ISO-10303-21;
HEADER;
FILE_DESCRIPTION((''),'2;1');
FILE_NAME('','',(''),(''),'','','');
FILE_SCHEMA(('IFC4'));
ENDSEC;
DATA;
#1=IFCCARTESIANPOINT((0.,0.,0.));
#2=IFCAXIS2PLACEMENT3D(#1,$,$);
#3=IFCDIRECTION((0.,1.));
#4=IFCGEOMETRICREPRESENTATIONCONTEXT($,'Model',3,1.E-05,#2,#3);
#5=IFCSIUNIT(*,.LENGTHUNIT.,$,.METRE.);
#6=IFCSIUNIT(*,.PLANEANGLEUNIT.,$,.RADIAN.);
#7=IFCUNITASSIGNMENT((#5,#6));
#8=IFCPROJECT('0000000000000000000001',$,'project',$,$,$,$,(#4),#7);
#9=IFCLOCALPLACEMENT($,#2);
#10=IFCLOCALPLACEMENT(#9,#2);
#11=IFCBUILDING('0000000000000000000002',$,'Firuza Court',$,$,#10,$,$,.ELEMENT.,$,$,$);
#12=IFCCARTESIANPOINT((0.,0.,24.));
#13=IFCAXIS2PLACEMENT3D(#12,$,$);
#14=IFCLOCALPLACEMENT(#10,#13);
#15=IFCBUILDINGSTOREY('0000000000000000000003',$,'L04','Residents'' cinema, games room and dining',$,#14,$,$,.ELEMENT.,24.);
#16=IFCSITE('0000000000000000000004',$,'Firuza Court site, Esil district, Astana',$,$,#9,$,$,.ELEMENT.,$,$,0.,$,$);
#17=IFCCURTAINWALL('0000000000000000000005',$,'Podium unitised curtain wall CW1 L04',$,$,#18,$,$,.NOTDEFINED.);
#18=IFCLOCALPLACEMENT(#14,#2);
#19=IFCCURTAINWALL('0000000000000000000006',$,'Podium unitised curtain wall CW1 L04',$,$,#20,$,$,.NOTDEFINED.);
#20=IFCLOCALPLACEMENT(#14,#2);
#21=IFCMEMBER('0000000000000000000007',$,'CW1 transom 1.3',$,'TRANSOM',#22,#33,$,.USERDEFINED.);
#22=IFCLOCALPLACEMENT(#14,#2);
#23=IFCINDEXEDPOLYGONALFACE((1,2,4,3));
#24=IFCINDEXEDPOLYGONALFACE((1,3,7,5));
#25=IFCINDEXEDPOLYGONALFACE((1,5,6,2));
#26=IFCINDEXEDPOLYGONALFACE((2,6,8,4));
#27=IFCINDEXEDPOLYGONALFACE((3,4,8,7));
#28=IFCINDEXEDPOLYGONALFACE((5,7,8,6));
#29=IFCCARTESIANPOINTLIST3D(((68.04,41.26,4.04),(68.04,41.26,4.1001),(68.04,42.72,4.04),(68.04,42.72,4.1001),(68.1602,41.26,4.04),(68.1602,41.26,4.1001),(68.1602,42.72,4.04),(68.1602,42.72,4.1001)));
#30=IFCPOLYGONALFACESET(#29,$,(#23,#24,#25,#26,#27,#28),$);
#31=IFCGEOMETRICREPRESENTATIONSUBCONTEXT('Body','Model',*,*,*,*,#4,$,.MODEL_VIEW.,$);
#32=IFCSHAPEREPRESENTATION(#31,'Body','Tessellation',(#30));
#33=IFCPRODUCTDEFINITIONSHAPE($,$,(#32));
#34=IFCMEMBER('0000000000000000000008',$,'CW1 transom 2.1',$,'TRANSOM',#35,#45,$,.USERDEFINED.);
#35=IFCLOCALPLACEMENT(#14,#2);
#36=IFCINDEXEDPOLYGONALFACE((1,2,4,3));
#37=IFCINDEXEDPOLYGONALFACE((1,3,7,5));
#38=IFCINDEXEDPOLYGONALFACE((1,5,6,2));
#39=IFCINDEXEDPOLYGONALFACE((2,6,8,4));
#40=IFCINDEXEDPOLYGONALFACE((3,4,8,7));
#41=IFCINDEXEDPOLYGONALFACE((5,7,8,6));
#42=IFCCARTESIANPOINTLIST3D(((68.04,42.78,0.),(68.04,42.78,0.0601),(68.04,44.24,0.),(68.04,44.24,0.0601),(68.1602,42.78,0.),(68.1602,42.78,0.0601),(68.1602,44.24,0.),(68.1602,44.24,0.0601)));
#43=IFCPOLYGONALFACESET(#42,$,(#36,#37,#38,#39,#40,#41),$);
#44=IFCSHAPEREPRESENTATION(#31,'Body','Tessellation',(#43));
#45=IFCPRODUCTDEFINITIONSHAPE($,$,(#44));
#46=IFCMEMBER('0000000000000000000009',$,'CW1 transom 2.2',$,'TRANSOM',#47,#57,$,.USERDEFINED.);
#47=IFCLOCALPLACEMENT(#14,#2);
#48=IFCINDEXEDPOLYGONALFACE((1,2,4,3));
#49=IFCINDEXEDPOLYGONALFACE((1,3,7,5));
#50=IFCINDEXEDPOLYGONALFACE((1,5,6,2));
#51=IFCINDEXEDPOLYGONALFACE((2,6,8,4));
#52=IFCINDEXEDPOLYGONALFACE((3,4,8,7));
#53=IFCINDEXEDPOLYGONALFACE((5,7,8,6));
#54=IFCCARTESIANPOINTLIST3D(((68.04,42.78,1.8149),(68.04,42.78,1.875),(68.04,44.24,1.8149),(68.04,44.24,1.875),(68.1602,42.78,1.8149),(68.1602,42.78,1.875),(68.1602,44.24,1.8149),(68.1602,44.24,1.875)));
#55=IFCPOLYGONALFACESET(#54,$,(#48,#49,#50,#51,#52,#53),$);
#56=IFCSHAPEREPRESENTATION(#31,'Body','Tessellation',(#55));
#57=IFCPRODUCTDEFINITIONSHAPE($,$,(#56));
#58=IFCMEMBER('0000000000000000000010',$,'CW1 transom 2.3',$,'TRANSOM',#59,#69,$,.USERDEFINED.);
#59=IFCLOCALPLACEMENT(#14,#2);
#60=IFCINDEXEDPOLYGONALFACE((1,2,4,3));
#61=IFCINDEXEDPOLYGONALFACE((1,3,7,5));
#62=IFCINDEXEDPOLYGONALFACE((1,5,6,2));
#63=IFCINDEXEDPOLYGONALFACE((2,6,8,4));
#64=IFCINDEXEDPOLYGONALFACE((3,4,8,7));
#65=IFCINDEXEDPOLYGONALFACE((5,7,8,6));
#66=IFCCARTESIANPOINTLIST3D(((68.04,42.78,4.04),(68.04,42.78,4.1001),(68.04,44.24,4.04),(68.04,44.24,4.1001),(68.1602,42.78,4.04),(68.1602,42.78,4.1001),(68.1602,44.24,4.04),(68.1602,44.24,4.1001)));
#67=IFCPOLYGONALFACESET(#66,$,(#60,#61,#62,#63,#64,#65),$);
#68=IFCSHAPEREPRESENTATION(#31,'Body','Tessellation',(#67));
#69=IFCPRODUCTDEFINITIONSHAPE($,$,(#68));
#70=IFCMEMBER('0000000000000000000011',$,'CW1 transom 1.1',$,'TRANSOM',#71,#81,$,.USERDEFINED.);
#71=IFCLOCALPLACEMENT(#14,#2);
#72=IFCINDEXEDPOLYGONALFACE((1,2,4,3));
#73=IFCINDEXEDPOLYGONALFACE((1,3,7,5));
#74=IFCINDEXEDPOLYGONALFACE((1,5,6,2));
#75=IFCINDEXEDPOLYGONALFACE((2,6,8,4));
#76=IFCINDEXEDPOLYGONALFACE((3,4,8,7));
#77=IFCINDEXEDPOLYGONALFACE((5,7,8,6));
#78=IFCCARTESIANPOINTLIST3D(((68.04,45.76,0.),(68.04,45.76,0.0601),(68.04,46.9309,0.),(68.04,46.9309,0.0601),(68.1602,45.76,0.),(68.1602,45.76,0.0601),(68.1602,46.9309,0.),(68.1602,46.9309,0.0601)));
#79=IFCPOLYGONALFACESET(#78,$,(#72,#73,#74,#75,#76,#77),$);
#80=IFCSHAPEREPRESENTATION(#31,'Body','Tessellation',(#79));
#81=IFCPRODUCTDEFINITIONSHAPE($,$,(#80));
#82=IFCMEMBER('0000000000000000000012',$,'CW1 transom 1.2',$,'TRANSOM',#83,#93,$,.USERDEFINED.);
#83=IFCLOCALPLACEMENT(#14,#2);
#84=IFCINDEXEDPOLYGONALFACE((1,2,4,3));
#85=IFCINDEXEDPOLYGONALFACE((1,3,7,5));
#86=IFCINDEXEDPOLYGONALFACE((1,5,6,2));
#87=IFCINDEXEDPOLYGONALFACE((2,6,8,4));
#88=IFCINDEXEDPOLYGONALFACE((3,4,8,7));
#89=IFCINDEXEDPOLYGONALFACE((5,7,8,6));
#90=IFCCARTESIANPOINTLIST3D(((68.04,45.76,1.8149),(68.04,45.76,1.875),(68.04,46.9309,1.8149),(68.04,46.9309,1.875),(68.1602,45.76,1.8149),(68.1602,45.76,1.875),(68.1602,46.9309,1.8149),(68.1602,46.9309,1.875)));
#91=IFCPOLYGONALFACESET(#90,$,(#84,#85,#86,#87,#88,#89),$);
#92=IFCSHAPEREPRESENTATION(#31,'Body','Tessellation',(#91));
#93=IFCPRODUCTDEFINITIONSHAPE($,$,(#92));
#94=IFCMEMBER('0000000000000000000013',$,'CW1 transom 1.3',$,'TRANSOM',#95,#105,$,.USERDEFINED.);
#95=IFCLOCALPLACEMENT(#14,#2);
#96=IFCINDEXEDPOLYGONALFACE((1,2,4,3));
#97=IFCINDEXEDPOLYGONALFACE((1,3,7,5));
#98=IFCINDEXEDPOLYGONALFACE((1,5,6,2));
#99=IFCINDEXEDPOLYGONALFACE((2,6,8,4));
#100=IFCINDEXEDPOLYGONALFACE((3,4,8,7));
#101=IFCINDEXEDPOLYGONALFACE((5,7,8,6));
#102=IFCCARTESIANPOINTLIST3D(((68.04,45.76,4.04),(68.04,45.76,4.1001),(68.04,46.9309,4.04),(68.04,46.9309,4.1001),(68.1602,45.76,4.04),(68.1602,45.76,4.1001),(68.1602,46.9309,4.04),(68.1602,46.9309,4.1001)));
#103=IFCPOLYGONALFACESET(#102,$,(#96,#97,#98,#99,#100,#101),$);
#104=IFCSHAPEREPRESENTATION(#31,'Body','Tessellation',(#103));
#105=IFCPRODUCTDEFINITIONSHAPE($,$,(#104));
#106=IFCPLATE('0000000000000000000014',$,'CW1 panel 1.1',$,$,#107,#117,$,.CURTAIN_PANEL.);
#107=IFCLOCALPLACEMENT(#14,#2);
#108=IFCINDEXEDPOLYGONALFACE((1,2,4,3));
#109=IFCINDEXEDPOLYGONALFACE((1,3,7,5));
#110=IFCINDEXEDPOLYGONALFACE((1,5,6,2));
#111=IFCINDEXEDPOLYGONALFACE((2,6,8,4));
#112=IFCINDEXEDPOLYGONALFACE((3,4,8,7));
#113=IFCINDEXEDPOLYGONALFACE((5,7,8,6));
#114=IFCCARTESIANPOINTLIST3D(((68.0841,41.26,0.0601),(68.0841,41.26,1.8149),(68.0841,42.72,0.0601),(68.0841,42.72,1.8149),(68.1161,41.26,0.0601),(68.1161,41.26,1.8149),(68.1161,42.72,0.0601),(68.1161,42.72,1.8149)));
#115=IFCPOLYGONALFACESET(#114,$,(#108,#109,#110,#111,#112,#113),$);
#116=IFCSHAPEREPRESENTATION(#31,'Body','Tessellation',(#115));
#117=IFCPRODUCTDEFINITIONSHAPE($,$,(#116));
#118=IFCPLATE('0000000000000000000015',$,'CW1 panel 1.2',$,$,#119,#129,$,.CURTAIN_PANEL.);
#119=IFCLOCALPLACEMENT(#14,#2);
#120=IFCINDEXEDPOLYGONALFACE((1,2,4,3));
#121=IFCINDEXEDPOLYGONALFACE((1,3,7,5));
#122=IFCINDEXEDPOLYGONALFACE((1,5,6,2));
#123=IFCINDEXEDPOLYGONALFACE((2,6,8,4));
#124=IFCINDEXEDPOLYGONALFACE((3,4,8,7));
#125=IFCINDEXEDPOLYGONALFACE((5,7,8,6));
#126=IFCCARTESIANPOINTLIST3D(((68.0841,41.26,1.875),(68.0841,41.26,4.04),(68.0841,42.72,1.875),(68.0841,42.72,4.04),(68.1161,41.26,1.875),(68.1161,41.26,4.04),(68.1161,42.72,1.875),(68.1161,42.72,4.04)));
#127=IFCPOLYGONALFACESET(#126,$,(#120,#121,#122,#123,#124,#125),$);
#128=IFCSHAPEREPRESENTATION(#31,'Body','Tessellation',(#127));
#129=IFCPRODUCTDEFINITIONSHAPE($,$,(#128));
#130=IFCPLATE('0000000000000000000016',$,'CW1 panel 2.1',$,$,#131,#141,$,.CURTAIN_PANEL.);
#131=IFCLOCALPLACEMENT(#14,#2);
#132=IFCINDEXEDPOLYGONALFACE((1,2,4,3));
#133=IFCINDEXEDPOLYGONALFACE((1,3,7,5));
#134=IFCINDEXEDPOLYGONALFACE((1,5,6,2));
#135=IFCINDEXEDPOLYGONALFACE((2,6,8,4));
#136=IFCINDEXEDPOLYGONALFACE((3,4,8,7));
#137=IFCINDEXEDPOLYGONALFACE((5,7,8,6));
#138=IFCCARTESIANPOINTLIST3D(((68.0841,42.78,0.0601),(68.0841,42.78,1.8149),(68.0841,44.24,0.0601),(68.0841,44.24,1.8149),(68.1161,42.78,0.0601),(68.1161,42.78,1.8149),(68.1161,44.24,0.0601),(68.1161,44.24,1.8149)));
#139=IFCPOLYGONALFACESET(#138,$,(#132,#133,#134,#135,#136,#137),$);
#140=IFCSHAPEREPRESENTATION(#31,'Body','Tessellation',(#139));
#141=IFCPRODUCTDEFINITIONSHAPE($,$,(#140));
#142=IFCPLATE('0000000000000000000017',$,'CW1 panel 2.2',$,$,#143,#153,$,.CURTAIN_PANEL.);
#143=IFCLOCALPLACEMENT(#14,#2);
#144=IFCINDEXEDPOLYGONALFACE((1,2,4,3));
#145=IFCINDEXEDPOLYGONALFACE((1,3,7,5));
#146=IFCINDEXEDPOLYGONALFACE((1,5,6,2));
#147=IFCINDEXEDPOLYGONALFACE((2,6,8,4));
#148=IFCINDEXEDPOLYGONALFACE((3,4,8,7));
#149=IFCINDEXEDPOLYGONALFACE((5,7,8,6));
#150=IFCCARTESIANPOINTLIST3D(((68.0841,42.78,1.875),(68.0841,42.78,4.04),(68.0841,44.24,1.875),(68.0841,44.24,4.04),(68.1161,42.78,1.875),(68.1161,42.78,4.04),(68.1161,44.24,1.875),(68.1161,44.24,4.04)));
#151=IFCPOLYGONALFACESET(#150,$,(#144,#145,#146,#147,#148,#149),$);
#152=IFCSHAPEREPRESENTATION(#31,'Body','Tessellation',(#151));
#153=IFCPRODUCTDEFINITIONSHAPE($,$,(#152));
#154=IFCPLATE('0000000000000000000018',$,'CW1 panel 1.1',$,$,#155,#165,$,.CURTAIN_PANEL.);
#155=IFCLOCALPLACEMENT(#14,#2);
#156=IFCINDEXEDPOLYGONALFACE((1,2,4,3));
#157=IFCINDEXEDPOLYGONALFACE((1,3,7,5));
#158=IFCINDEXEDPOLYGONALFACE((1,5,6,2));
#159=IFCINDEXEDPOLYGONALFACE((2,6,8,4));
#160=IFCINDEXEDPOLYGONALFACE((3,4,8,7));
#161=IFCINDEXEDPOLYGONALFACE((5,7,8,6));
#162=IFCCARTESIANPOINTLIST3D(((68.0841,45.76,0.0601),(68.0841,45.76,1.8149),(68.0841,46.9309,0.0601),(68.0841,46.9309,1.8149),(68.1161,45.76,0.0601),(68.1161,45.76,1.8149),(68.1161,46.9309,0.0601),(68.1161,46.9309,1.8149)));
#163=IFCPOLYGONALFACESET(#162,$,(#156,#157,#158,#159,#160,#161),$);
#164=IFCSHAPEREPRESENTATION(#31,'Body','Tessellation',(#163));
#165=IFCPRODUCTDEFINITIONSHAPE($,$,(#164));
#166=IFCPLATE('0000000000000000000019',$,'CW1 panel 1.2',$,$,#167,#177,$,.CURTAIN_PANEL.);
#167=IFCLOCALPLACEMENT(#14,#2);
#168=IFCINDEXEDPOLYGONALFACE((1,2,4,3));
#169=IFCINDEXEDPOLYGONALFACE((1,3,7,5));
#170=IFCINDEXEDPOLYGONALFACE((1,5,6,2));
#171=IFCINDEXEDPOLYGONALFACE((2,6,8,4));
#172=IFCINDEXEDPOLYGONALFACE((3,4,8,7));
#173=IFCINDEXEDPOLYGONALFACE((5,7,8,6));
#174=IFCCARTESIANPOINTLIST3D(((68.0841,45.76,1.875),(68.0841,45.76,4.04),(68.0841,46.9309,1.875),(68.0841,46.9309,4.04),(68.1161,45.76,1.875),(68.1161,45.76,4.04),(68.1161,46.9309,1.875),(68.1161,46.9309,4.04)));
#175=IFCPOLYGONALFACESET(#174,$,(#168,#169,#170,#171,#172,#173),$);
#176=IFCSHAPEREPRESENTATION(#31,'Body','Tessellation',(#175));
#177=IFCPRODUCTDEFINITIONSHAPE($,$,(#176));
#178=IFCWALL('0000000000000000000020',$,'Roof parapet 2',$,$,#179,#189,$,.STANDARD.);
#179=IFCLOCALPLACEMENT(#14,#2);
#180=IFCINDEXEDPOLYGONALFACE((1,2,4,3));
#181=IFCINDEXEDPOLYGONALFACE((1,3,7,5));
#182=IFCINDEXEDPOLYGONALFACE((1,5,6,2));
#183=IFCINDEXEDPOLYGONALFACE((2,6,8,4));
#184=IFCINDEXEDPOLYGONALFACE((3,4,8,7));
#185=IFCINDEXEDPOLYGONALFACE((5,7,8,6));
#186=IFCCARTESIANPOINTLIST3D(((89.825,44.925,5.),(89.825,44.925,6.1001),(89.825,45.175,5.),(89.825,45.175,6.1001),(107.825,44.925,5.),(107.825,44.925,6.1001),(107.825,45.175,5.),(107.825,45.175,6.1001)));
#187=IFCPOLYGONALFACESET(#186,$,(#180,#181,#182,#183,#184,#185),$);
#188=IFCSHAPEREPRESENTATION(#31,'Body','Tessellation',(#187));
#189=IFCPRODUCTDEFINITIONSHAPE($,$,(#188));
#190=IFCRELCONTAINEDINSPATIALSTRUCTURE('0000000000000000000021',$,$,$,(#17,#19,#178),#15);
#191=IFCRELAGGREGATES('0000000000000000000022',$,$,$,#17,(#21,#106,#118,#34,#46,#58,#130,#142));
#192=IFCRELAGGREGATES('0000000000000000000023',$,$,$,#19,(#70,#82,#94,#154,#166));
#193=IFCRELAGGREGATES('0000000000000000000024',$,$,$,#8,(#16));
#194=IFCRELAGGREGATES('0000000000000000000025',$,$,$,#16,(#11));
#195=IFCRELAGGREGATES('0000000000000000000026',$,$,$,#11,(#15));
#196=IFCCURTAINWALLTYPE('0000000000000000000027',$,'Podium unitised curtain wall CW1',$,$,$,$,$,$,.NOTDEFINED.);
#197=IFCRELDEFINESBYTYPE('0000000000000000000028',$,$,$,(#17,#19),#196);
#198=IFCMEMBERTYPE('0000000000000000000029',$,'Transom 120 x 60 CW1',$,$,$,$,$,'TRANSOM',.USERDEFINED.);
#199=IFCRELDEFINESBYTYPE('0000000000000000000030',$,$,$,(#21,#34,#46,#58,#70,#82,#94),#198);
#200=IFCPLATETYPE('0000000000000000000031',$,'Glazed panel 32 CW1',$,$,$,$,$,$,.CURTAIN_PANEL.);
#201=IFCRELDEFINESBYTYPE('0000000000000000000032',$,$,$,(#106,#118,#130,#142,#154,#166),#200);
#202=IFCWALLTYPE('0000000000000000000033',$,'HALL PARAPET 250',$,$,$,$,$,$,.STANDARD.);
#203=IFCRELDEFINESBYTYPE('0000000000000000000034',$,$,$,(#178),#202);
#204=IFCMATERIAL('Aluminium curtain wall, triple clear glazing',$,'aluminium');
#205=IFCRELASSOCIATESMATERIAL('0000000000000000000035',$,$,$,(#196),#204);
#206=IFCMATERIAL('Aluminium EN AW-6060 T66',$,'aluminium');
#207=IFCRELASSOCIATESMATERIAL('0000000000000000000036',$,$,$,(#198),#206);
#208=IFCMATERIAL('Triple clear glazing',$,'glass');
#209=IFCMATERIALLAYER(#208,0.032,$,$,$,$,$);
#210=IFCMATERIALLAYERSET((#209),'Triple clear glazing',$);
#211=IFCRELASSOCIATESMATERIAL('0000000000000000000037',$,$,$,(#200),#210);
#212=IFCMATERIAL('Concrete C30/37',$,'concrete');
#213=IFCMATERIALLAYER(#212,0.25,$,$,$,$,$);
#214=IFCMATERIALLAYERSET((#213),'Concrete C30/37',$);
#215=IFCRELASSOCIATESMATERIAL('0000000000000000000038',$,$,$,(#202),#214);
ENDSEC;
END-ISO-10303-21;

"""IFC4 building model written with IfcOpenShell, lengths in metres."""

from ifc_helpers import new_model, si_unit, direction, frame, frame_2d, origin, origin_2d, place, context, subcontext, project, spatial, rectangle, extrude, material, layer, layer_set, material_profile, profile_set, type_object, element, aggregate, save


model = new_model("IFC4")

# Units and contexts
model_context = context("Model", 3, precision=1e-05, world=origin(), true_north=direction((0.0, 1.0)))
body_context = subcontext(model_context, "Body", "Model", "MODEL_VIEW")
ifc_project = project(units=[si_unit("LENGTHUNIT", "METRE"), si_unit("PLANEANGLEUNIT", "RADIAN")], contexts=[model_context])

# Site, building, storey
site_placement = place(None, origin())
site = spatial("IfcSite", under=ifc_project, at=site_placement, Name="Firuza Court site, Esil district, Astana", CompositionType="ELEMENT", RefElevation=0.0)
building_placement = place(site_placement, origin())
building = spatial("IfcBuilding", under=site, at=building_placement, Name="Firuza Court", CompositionType="ELEMENT")
storey_placement = place(building_placement, frame((0.0, 0.0, 24.0)))
storey = spatial("IfcBuildingStorey", under=building, at=storey_placement, Name="L04", Description="Residents' cinema, games room and dining", CompositionType="ELEMENT", Elevation=24.0)

# Shared definitions
ifc_material_1 = material(Name="Aluminium curtain wall, triple clear glazing", Category="aluminium")
curtain_wall_type = type_object("IfcCurtainWallType", Name="Podium unitised curtain wall CW1", PredefinedType="NOTDEFINED", material=ifc_material_1)

# Curtain walls
curtain_wall_1_placement = place(storey_placement, origin())
curtain_wall_1 = element("IfcCurtainWall", 1, at=curtain_wall_1_placement, inside=storey, type_object=curtain_wall_type, Name="Podium unitised curtain wall CW1 L04", PredefinedType="NOTDEFINED")
curtain_wall_2_placement = place(storey_placement, origin())
curtain_wall_2 = element("IfcCurtainWall", 2, at=curtain_wall_2_placement, inside=storey, type_object=curtain_wall_type, Name="Podium unitised curtain wall CW1 L04", PredefinedType="NOTDEFINED")

# Members
ifc_material_2 = material(Name="Aluminium EN AW-6060 T66", Category="aluminium")
ifc_material_profile_1 = material_profile(ifc_material_2, rectangle(XDim=0.1201, YDim=0.0601, at=origin_2d()), Name="Transom 120 x 60 CW1")
ifc_profile_set_1 = profile_set([ifc_material_profile_1], Name="Aluminium EN AW-6060 T66")
member_type_1 = type_object("IfcMemberType", Name="Transom 120 x 60 CW1", ElementType="TRANSOM", PredefinedType="USERDEFINED", material=ifc_profile_set_1)
member_1_placement = place(storey_placement, frame((68.1001, 41.26, 4.0701), z_axis=(0.0, 1.0, 0.0), x_axis=(-1.0, 0.0, 0.0)))
member_1 = element("IfcMember", 3, at=member_1_placement, type_object=member_type_1, Name="CW1 transom 1.3", ObjectType="TRANSOM", PredefinedType="USERDEFINED", context=body_context, shape_type="SweptSolid", body=[
    extrude(rectangle(XDim=0.1201, YDim=0.0601, at=origin_2d()), origin(), (0.0, 0.0, 1.0), 1.46),
])
member_2_placement = place(storey_placement, frame((68.1001, 42.78, 0.03), z_axis=(0.0, 1.0, 0.0), x_axis=(-1.0, 0.0, 0.0)))
member_2 = element("IfcMember", 4, at=member_2_placement, type_object=member_type_1, Name="CW1 transom 2.1", ObjectType="TRANSOM", PredefinedType="USERDEFINED", context=body_context, shape_type="SweptSolid", body=[
    extrude(rectangle(XDim=0.1201, YDim=0.0601, at=origin_2d()), origin(), (0.0, 0.0, 1.0), 1.46),
])
member_3_placement = place(storey_placement, frame((68.1001, 42.78, 1.845), z_axis=(0.0, 1.0, 0.0), x_axis=(-1.0, 0.0, 0.0)))
member_3 = element("IfcMember", 5, at=member_3_placement, type_object=member_type_1, Name="CW1 transom 2.2", ObjectType="TRANSOM", PredefinedType="USERDEFINED", context=body_context, shape_type="SweptSolid", body=[
    extrude(rectangle(XDim=0.1201, YDim=0.0601, at=origin_2d()), origin(), (0.0, 0.0, 1.0), 1.46),
])
member_4_placement = place(storey_placement, frame((68.1001, 42.78, 4.0701), z_axis=(0.0, 1.0, 0.0), x_axis=(-1.0, 0.0, 0.0)))
member_4 = element("IfcMember", 6, at=member_4_placement, type_object=member_type_1, Name="CW1 transom 2.3", ObjectType="TRANSOM", PredefinedType="USERDEFINED", context=body_context, shape_type="SweptSolid", body=[
    extrude(rectangle(XDim=0.1201, YDim=0.0601, at=origin_2d()), origin(), (0.0, 0.0, 1.0), 1.46),
])
member_5_placement = place(storey_placement, frame((68.1001, 45.76, 0.03), z_axis=(0.0, 1.0, 0.0), x_axis=(-1.0, 0.0, 0.0)))
member_5 = element("IfcMember", 7, at=member_5_placement, type_object=member_type_1, Name="CW1 transom 1.1", ObjectType="TRANSOM", PredefinedType="USERDEFINED", context=body_context, shape_type="SweptSolid", body=[
    extrude(rectangle(XDim=0.1201, YDim=0.0601, at=origin_2d()), origin(), (0.0, 0.0, 1.0), 1.1709),
])
member_6_placement = place(storey_placement, frame((68.1001, 45.76, 1.845), z_axis=(0.0, 1.0, 0.0), x_axis=(-1.0, 0.0, 0.0)))
member_6 = element("IfcMember", 8, at=member_6_placement, type_object=member_type_1, Name="CW1 transom 1.2", ObjectType="TRANSOM", PredefinedType="USERDEFINED", context=body_context, shape_type="SweptSolid", body=[
    extrude(rectangle(XDim=0.1201, YDim=0.0601, at=origin_2d()), origin(), (0.0, 0.0, 1.0), 1.1709),
])
member_7_placement = place(storey_placement, frame((68.1001, 45.76, 4.0701), z_axis=(0.0, 1.0, 0.0), x_axis=(-1.0, 0.0, 0.0)))
member_7 = element("IfcMember", 9, at=member_7_placement, type_object=member_type_1, Name="CW1 transom 1.3", ObjectType="TRANSOM", PredefinedType="USERDEFINED", context=body_context, shape_type="SweptSolid", body=[
    extrude(rectangle(XDim=0.1201, YDim=0.0601, at=origin_2d()), origin(), (0.0, 0.0, 1.0), 1.1709),
])

# Plates
ifc_material_3 = material(Name="Triple clear glazing", Category="glass")
ifc_layer_1 = layer(ifc_material_3, 0.032)
ifc_layer_set_1 = layer_set([ifc_layer_1], Name="Triple clear glazing")
plate_type = type_object("IfcPlateType", Name="Glazed panel 32 CW1", PredefinedType="CURTAIN_PANEL", material=ifc_layer_set_1)
plate_1_placement = place(storey_placement, frame((68.1001, 41.99, 0.0601), z_axis=(0.0, 0.0, 1.0), x_axis=(0.0, 1.0, 0.0)))
plate_1 = element("IfcPlate", 10, at=plate_1_placement, type_object=plate_type, Name="CW1 panel 1.1", PredefinedType="CURTAIN_PANEL", context=body_context, shape_type="SweptSolid", body=[
    extrude(rectangle(XDim=1.46, YDim=0.032, at=origin_2d()), origin(), (0.0, 0.0, 1.0), 1.7549),
])
plate_2_placement = place(storey_placement, frame((68.1001, 41.99, 1.875), z_axis=(0.0, 0.0, 1.0), x_axis=(0.0, 1.0, 0.0)))
plate_2 = element("IfcPlate", 11, at=plate_2_placement, type_object=plate_type, Name="CW1 panel 1.2", PredefinedType="CURTAIN_PANEL", context=body_context, shape_type="SweptSolid", body=[
    extrude(rectangle(XDim=1.46, YDim=0.032, at=origin_2d()), origin(), (0.0, 0.0, 1.0), 2.165),
])
plate_3_placement = place(storey_placement, frame((68.1001, 43.51, 0.0601), z_axis=(0.0, 0.0, 1.0), x_axis=(0.0, 1.0, 0.0)))
plate_3 = element("IfcPlate", 12, at=plate_3_placement, type_object=plate_type, Name="CW1 panel 2.1", PredefinedType="CURTAIN_PANEL", context=body_context, shape_type="SweptSolid", body=[
    extrude(rectangle(XDim=1.46, YDim=0.032, at=origin_2d()), origin(), (0.0, 0.0, 1.0), 1.7549),
])
plate_4_placement = place(storey_placement, frame((68.1001, 43.51, 1.875), z_axis=(0.0, 0.0, 1.0), x_axis=(0.0, 1.0, 0.0)))
plate_4 = element("IfcPlate", 13, at=plate_4_placement, type_object=plate_type, Name="CW1 panel 2.2", PredefinedType="CURTAIN_PANEL", context=body_context, shape_type="SweptSolid", body=[
    extrude(rectangle(XDim=1.46, YDim=0.032, at=origin_2d()), origin(), (0.0, 0.0, 1.0), 2.165),
])
aggregate(curtain_wall_1, [member_1, plate_1, plate_2, member_2, member_3, member_4, plate_3, plate_4])
plate_5_placement = place(storey_placement, frame((68.1001, 46.3455, 0.0601), z_axis=(0.0, 0.0, 1.0), x_axis=(0.0, 1.0, 0.0)))
plate_5 = element("IfcPlate", 14, at=plate_5_placement, type_object=plate_type, Name="CW1 panel 1.1", PredefinedType="CURTAIN_PANEL", context=body_context, shape_type="SweptSolid", body=[
    extrude(rectangle(XDim=1.1709, YDim=0.032, at=origin_2d()), origin(), (0.0, 0.0, 1.0), 1.7549),
])
plate_6_placement = place(storey_placement, frame((68.1001, 46.3455, 1.875), z_axis=(0.0, 0.0, 1.0), x_axis=(0.0, 1.0, 0.0)))
plate_6 = element("IfcPlate", 15, at=plate_6_placement, type_object=plate_type, Name="CW1 panel 1.2", PredefinedType="CURTAIN_PANEL", context=body_context, shape_type="SweptSolid", body=[
    extrude(rectangle(XDim=1.1709, YDim=0.032, at=origin_2d()), origin(), (0.0, 0.0, 1.0), 2.165),
])
aggregate(curtain_wall_2, [member_5, member_6, member_7, plate_5, plate_6])

# Wall
ifc_material_4 = material(Name="Concrete C30/37", Category="concrete")
ifc_layer_2 = layer(ifc_material_4, 0.25)
ifc_layer_set_2 = layer_set([ifc_layer_2], Name="Concrete C30/37")
wall_type_1 = type_object("IfcWallType", Name="HALL PARAPET 250", PredefinedType="STANDARD", material=ifc_layer_set_2)
wall_1_placement = place(storey_placement, frame((89.825, 45.05, 5.0), z_axis=(0.0, 0.0, 1.0), x_axis=(1.0, 0.0, 0.0)))
element("IfcWall", 16, at=wall_1_placement, inside=storey, type_object=wall_type_1, Name="Roof parapet 2", PredefinedType="STANDARD", context=body_context, shape_type="SweptSolid", body=[
    extrude(rectangle(XDim=18.0, YDim=0.25, at=frame_2d((9.0, 0.0))), origin(), (0.0, 0.0, 1.0), 1.1001),
])

save(model, "model.ifc")
